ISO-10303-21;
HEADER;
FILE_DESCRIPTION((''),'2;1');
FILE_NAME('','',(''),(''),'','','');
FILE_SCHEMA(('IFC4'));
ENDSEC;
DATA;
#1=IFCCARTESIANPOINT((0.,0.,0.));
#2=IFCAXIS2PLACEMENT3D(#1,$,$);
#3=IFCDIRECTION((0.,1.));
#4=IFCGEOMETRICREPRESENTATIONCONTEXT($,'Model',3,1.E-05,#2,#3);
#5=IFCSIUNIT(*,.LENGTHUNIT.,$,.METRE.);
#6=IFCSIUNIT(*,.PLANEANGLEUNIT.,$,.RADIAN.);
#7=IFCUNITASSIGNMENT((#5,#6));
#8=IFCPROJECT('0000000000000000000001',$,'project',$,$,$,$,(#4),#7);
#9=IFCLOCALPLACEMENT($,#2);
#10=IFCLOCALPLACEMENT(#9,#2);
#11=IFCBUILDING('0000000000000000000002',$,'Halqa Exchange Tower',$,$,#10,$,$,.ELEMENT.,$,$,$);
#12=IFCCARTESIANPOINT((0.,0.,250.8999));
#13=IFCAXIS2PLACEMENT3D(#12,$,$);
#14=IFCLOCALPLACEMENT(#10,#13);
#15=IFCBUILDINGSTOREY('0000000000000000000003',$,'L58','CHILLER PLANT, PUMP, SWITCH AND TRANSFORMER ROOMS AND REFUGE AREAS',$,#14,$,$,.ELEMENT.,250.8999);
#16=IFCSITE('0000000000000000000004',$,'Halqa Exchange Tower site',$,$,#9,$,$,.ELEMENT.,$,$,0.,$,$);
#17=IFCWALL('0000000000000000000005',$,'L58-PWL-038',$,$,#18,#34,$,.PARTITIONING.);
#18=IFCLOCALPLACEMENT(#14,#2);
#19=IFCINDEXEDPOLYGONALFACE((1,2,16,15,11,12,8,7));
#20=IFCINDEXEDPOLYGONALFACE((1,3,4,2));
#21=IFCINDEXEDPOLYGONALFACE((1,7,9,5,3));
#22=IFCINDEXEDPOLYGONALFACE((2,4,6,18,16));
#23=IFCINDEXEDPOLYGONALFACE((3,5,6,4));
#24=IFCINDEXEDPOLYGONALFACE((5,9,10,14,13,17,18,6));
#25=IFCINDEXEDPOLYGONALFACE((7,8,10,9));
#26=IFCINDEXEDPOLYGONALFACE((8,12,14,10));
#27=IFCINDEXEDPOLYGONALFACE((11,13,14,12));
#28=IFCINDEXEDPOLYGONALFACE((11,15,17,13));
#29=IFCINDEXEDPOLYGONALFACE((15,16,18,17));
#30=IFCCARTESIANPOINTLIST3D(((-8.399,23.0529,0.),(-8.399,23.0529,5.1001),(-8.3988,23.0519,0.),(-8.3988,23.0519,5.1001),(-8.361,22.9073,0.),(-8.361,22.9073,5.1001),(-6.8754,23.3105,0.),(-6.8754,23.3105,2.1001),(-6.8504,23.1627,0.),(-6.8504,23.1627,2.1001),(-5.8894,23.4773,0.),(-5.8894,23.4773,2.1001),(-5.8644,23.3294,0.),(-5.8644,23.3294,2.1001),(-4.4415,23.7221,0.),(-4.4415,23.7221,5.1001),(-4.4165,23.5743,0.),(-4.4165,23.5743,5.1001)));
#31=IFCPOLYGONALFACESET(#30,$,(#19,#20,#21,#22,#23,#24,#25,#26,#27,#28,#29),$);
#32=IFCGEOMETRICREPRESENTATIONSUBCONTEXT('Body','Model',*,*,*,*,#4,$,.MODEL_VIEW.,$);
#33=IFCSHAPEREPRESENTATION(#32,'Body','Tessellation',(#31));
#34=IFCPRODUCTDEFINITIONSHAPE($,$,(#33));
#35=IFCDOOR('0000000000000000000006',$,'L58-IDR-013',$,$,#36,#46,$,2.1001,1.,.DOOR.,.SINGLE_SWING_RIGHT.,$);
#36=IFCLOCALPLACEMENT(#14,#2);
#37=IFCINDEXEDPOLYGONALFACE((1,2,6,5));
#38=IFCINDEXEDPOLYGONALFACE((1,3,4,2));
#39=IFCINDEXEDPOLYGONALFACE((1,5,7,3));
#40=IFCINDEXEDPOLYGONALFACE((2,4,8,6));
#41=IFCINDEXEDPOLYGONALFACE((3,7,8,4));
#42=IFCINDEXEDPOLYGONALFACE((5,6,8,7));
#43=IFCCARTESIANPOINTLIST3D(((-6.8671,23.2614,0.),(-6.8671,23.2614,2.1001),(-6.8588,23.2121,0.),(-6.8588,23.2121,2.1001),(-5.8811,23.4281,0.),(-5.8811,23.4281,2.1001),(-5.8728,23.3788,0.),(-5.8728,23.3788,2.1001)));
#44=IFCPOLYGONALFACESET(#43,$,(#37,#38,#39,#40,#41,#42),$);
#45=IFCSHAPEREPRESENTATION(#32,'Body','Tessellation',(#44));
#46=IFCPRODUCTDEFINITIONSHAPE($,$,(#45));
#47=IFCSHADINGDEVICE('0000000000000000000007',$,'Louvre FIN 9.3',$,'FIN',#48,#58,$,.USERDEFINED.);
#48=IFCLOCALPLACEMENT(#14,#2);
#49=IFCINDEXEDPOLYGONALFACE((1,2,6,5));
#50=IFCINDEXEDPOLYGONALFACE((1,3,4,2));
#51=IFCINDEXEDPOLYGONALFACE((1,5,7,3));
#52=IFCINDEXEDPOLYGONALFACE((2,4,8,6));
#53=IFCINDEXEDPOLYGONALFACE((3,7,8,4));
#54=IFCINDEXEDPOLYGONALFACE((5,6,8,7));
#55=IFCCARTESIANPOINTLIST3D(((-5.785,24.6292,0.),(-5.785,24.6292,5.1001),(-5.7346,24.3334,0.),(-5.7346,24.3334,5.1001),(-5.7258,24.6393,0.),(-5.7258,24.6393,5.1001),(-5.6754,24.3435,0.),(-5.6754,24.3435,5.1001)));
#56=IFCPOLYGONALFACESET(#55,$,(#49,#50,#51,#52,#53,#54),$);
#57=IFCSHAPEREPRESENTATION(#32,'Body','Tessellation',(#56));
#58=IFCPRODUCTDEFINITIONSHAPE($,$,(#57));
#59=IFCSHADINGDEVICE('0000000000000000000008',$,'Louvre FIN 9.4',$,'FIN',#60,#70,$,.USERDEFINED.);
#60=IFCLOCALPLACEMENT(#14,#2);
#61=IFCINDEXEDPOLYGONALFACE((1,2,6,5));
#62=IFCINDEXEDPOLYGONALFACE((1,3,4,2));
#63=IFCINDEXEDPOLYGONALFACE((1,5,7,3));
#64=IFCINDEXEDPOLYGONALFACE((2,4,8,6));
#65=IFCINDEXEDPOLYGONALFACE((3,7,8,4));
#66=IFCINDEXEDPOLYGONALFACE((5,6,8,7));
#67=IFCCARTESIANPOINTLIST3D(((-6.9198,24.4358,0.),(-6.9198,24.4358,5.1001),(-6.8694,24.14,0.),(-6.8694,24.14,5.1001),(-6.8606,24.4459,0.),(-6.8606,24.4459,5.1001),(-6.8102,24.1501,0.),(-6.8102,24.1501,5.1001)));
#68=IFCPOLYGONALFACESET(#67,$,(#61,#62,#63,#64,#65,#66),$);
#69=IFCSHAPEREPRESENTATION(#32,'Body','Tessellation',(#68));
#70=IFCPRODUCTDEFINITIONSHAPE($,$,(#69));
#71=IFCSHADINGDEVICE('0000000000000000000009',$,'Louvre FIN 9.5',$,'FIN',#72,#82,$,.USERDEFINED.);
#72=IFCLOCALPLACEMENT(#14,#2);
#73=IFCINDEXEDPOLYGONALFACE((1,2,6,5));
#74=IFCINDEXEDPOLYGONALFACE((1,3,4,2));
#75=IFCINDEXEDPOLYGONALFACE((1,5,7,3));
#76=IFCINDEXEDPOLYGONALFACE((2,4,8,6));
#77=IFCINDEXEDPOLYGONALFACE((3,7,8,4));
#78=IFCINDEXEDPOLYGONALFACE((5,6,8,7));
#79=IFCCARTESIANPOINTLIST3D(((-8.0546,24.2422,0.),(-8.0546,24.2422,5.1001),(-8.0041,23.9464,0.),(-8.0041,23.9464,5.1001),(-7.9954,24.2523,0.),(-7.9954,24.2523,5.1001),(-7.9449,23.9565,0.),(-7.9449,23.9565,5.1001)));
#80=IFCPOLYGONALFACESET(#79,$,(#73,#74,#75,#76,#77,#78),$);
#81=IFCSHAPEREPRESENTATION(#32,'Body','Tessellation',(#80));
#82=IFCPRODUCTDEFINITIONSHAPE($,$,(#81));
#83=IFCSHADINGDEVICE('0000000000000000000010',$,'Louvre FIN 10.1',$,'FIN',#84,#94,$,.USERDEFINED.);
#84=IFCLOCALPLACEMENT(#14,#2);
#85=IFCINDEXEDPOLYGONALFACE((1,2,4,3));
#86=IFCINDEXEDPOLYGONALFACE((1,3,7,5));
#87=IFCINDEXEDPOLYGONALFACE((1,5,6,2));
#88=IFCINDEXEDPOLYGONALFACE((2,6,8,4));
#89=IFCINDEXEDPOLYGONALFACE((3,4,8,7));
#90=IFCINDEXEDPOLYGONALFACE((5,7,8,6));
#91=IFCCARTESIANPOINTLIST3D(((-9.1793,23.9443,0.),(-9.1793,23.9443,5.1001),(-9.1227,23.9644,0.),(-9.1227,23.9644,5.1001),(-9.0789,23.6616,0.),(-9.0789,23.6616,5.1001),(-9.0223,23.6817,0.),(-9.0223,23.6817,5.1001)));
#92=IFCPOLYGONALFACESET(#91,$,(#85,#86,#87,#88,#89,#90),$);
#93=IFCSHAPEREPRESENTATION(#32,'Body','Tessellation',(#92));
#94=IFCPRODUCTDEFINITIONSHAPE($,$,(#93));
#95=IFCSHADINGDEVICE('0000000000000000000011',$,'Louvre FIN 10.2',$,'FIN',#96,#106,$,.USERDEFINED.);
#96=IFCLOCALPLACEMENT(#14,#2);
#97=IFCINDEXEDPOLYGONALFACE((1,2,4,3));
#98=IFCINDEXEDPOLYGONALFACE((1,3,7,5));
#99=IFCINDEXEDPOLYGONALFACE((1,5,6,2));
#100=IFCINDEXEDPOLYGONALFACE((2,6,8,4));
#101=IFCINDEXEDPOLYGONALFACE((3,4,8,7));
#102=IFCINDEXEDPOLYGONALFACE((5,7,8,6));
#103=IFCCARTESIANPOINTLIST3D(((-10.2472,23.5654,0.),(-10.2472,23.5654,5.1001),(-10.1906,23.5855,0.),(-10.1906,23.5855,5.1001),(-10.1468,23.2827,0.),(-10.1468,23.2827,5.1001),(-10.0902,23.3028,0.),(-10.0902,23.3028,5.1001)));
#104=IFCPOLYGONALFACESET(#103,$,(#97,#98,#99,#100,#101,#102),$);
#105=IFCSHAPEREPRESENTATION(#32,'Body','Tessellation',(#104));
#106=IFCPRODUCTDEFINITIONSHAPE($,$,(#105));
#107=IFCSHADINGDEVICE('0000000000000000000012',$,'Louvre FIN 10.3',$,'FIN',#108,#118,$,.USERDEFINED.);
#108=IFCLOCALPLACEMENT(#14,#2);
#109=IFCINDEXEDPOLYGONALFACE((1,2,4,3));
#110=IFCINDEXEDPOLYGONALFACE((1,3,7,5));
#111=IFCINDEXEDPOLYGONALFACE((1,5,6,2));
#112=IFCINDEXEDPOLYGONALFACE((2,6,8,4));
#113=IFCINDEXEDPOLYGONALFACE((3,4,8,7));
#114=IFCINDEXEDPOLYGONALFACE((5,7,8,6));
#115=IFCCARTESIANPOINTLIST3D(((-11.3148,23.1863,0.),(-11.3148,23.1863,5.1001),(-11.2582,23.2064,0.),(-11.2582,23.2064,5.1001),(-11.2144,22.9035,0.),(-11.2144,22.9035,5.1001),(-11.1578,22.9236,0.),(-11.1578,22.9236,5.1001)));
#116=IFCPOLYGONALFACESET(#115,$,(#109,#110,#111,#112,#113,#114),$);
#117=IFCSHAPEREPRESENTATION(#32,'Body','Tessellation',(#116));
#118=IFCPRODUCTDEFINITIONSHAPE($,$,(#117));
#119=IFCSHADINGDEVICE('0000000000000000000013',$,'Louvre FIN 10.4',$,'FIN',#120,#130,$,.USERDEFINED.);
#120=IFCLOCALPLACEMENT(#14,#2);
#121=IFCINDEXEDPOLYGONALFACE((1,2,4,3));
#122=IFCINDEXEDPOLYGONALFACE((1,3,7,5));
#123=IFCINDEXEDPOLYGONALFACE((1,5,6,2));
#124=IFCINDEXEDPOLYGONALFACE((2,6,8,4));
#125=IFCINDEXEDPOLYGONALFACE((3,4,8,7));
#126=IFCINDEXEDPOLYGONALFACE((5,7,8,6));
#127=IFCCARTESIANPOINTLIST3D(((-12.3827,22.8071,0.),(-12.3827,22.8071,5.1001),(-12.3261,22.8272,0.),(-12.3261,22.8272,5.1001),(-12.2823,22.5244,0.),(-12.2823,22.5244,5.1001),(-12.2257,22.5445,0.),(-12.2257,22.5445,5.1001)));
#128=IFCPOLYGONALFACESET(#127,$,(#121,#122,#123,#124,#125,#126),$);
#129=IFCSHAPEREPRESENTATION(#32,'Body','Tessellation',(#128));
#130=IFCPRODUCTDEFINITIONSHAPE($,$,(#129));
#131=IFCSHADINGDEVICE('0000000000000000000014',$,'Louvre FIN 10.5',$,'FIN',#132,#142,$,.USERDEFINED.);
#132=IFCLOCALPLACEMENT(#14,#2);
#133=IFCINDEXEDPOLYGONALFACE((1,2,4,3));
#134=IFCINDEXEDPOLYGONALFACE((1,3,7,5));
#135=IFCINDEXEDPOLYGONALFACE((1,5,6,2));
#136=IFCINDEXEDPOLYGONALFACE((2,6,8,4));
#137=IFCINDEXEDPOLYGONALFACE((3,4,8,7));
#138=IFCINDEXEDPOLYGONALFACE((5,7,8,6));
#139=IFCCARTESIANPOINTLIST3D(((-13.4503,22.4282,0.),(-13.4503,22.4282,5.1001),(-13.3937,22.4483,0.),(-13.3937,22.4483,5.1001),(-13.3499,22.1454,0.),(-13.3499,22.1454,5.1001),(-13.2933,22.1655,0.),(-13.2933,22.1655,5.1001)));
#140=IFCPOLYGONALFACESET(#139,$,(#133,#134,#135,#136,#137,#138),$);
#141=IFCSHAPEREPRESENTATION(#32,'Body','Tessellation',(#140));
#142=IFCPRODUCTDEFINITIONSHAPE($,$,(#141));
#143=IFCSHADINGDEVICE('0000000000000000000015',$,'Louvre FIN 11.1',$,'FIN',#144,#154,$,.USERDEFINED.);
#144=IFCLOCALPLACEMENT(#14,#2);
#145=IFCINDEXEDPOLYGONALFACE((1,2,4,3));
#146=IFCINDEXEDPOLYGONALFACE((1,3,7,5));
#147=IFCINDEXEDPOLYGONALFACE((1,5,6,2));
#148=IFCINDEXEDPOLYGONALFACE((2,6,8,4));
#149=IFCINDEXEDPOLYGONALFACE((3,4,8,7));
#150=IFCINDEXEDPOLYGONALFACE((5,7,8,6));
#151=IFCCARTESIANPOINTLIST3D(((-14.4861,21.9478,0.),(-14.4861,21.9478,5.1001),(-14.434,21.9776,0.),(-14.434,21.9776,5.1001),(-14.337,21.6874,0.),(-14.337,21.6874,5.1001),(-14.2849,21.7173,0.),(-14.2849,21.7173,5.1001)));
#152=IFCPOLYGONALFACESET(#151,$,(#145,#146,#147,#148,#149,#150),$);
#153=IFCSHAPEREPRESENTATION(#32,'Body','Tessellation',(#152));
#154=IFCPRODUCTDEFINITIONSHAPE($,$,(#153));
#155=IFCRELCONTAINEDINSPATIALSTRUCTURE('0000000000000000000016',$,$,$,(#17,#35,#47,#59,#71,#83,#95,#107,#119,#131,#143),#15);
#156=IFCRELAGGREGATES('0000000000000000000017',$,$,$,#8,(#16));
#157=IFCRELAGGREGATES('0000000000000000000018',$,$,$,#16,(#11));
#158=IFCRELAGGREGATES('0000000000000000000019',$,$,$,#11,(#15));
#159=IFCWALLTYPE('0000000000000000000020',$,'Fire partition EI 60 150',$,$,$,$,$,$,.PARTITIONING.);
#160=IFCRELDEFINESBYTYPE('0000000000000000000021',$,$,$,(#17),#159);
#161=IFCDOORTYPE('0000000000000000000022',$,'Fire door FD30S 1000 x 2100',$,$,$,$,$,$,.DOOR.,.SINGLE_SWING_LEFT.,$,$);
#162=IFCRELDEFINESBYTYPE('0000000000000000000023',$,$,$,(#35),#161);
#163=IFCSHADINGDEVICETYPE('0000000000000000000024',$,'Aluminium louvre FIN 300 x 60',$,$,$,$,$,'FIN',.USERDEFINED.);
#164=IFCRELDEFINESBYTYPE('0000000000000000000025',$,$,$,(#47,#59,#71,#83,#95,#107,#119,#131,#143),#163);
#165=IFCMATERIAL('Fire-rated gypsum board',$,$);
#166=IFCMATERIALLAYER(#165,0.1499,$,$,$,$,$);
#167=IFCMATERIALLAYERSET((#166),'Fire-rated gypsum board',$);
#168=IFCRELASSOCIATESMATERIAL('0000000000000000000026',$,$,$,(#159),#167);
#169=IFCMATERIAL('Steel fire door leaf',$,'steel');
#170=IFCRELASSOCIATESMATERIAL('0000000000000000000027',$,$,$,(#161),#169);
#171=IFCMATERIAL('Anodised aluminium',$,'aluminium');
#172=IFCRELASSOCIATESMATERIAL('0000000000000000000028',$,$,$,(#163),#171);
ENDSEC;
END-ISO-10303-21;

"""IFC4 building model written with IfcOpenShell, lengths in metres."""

from ifc_helpers import new_model, si_unit, direction, frame, frame_2d, origin, origin_2d, place, context, subcontext, project, spatial, polyline, rectangle, outline, extrude, material, layer, layer_set, material_profile, profile_set, type_object, element, fill, save


model = new_model("IFC4")

# Units and contexts
model_context = context("Model", 3, precision=1e-05, world=origin(), true_north=direction((0.0, 1.0)))
body_context = subcontext(model_context, "Body", "Model", "MODEL_VIEW")
ifc_project = project(units=[si_unit("LENGTHUNIT", "METRE"), si_unit("PLANEANGLEUNIT", "RADIAN")], contexts=[model_context])

# Site, building, storey
site_placement = place(None, origin())
site = spatial("IfcSite", under=ifc_project, at=site_placement, Name="Halqa Exchange Tower site", CompositionType="ELEMENT", RefElevation=0.0)
building_placement = place(site_placement, origin())
building = spatial("IfcBuilding", under=site, at=building_placement, Name="Halqa Exchange Tower", CompositionType="ELEMENT")
storey_placement = place(building_placement, frame((0.0, 0.0, 250.8999)))
storey = spatial("IfcBuildingStorey", under=building, at=storey_placement, Name="L58", Description="CHILLER PLANT, PUMP, SWITCH AND TRANSFORMER ROOMS AND REFUGE AREAS", CompositionType="ELEMENT", Elevation=250.8999)

# Shared definitions
ifc_material_1 = material(Name="Fire-rated gypsum board")
ifc_layer_1 = layer(ifc_material_1, 0.1499)
ifc_layer_set_1 = layer_set([ifc_layer_1], Name="Fire-rated gypsum board")
wall_type = type_object("IfcWallType", Name="Fire partition EI 60 150", PredefinedType="PARTITIONING", material=ifc_layer_set_1)

# Wall, opening, door
wall_1_placement = place(storey_placement, frame((-8.3865, 22.979, 0.0), z_axis=(0.0, 0.0, 1.0), x_axis=(0.986003, 0.166726, 0.0)))
wall_1 = element("IfcWall", 1, at=wall_1_placement, inside=storey, type_object=wall_type, Name="L58-PWL-038", PredefinedType="PARTITIONING", context=body_context, shape_type="SweptSolid", body=[
    extrude(outline(polyline([(0.0, 0.075), (0.0, 0.074), (0.0132, -0.075), (1.3467, -0.075), (2.6802, -0.075), (4.0137, -0.075), (4.0137, 0.075), (2.6758, 0.075), (1.3379, 0.075), (0.0, 0.075)])), origin(), (0.0, 0.0, 1.0), 5.1001),
])
opening_placement = place(wall_1_placement, frame((1.5452, 0.0, 0.0)))
opening = element("IfcOpeningElement", 2, at=opening_placement, cuts=wall_1, PredefinedType="OPENING", context=body_context, shape_type="SweptSolid", body=[
    extrude(rectangle(XDim=1.0, YDim=2.1001, at=frame_2d((0.5, 1.05))), frame((0.0, 0.0869, 0.0), z_axis=(0.0, -1.0, 0.0), x_axis=(1.0, 0.0, 0.0)), (0.0, 0.0, 1.0), 0.1738),
])
ifc_material_2 = material(Name="Steel fire door leaf", Category="steel")
door_type = type_object("IfcDoorType", Name="Fire door FD30S 1000 x 2100", OperationType="SINGLE_SWING_LEFT", PredefinedType="DOOR", material=ifc_material_2)
door_placement = place(opening_placement, frame((1.0, 0.0, 0.0), z_axis=(0.0, 0.0, 1.0), x_axis=(-1.0, 0.0, 0.0)))
door = element("IfcDoor", 3, at=door_placement, inside=storey, type_object=door_type, Name="L58-IDR-013", OperationType="SINGLE_SWING_RIGHT", OverallHeight=2.1001, OverallWidth=1.0, PredefinedType="DOOR", context=body_context, shape_type="SweptSolid", body=[
    extrude(rectangle(XDim=1.0, YDim=2.1001, at=frame_2d((0.5, 1.05))), frame((0.0, 0.0249, 0.0), z_axis=(0.0, -1.0, 0.0), x_axis=(1.0, 0.0, 0.0)), (0.0, 0.0, 1.0), 0.05),
])
fill(opening, door)

# Shading devices
ifc_material_3 = material(Name="Anodised aluminium", Category="aluminium")
ifc_material_profile_1 = material_profile(ifc_material_3, rectangle(XDim=0.3, YDim=0.0601, at=origin_2d()), Name="AL FIN 300x60")
ifc_profile_set_1 = profile_set([ifc_material_profile_1], Name="Anodised aluminium")
shading_device_type = type_object("IfcShadingDeviceType", Name="Aluminium louvre FIN 300 x 60", ElementType="FIN", PredefinedType="USERDEFINED", material=ifc_profile_set_1)
for number, where, z_axis, x_axis, name in (
    (4, (-5.7302, 24.4863, 0.0), (0.0, 0.0, 1.0), (0.168066, -0.985776, 0.0), "Louvre FIN 9.3"),
    (5, (-6.865, 24.293, 0.0), (0.0, 0.0, 1.0), (0.168066, -0.985776, 0.0), "Louvre FIN 9.4"),
    (6, (-7.9998, 24.0994, 0.0), (0.0, 0.0, 1.0), (0.168066, -0.985776, 0.0), "Louvre FIN 9.5"),
    (7, (-9.1008, 23.813, 0.0), (0.0, 0.0, 1.0), (0.334578, -0.942368, 0.0), "Louvre FIN 10.1"),
    (8, (-10.1687, 23.4341, 0.0), (0.0, 0.0, 1.0), (0.334578, -0.942368, 0.0), "Louvre FIN 10.2"),
    (9, (-11.2363, 23.0549, 0.0), (0.0, 0.0, 1.0), (0.334578, -0.942368, 0.0), "Louvre FIN 10.3"),
    (10, (-12.3042, 22.6758, 0.0), (0.0, 0.0, 1.0), (0.334578, -0.942368, 0.0), "Louvre FIN 10.4"),
    (11, (-13.3718, 22.2969, 0.0), (0.0, 0.0, 1.0), (0.334578, -0.942368, 0.0), "Louvre FIN 10.5"),
    (12, (-14.3855, 21.8325, 0.0), (0.0, 0.0, 1.0), (0.496985, -0.867759, 0.0), "Louvre FIN 11.1"),
):
    element("IfcShadingDevice", number, at=place(storey_placement, frame(where, z_axis=z_axis, x_axis=x_axis)), inside=storey, type_object=shading_device_type, Name=name, ObjectType="FIN", PredefinedType="USERDEFINED", context=body_context, shape_type="SweptSolid", body=[
        extrude(rectangle(XDim=0.3, YDim=0.0601, at=origin_2d()), origin(), (0.0, 0.0, 1.0), 5.1001),
    ])

save(model, "model.ifc")
